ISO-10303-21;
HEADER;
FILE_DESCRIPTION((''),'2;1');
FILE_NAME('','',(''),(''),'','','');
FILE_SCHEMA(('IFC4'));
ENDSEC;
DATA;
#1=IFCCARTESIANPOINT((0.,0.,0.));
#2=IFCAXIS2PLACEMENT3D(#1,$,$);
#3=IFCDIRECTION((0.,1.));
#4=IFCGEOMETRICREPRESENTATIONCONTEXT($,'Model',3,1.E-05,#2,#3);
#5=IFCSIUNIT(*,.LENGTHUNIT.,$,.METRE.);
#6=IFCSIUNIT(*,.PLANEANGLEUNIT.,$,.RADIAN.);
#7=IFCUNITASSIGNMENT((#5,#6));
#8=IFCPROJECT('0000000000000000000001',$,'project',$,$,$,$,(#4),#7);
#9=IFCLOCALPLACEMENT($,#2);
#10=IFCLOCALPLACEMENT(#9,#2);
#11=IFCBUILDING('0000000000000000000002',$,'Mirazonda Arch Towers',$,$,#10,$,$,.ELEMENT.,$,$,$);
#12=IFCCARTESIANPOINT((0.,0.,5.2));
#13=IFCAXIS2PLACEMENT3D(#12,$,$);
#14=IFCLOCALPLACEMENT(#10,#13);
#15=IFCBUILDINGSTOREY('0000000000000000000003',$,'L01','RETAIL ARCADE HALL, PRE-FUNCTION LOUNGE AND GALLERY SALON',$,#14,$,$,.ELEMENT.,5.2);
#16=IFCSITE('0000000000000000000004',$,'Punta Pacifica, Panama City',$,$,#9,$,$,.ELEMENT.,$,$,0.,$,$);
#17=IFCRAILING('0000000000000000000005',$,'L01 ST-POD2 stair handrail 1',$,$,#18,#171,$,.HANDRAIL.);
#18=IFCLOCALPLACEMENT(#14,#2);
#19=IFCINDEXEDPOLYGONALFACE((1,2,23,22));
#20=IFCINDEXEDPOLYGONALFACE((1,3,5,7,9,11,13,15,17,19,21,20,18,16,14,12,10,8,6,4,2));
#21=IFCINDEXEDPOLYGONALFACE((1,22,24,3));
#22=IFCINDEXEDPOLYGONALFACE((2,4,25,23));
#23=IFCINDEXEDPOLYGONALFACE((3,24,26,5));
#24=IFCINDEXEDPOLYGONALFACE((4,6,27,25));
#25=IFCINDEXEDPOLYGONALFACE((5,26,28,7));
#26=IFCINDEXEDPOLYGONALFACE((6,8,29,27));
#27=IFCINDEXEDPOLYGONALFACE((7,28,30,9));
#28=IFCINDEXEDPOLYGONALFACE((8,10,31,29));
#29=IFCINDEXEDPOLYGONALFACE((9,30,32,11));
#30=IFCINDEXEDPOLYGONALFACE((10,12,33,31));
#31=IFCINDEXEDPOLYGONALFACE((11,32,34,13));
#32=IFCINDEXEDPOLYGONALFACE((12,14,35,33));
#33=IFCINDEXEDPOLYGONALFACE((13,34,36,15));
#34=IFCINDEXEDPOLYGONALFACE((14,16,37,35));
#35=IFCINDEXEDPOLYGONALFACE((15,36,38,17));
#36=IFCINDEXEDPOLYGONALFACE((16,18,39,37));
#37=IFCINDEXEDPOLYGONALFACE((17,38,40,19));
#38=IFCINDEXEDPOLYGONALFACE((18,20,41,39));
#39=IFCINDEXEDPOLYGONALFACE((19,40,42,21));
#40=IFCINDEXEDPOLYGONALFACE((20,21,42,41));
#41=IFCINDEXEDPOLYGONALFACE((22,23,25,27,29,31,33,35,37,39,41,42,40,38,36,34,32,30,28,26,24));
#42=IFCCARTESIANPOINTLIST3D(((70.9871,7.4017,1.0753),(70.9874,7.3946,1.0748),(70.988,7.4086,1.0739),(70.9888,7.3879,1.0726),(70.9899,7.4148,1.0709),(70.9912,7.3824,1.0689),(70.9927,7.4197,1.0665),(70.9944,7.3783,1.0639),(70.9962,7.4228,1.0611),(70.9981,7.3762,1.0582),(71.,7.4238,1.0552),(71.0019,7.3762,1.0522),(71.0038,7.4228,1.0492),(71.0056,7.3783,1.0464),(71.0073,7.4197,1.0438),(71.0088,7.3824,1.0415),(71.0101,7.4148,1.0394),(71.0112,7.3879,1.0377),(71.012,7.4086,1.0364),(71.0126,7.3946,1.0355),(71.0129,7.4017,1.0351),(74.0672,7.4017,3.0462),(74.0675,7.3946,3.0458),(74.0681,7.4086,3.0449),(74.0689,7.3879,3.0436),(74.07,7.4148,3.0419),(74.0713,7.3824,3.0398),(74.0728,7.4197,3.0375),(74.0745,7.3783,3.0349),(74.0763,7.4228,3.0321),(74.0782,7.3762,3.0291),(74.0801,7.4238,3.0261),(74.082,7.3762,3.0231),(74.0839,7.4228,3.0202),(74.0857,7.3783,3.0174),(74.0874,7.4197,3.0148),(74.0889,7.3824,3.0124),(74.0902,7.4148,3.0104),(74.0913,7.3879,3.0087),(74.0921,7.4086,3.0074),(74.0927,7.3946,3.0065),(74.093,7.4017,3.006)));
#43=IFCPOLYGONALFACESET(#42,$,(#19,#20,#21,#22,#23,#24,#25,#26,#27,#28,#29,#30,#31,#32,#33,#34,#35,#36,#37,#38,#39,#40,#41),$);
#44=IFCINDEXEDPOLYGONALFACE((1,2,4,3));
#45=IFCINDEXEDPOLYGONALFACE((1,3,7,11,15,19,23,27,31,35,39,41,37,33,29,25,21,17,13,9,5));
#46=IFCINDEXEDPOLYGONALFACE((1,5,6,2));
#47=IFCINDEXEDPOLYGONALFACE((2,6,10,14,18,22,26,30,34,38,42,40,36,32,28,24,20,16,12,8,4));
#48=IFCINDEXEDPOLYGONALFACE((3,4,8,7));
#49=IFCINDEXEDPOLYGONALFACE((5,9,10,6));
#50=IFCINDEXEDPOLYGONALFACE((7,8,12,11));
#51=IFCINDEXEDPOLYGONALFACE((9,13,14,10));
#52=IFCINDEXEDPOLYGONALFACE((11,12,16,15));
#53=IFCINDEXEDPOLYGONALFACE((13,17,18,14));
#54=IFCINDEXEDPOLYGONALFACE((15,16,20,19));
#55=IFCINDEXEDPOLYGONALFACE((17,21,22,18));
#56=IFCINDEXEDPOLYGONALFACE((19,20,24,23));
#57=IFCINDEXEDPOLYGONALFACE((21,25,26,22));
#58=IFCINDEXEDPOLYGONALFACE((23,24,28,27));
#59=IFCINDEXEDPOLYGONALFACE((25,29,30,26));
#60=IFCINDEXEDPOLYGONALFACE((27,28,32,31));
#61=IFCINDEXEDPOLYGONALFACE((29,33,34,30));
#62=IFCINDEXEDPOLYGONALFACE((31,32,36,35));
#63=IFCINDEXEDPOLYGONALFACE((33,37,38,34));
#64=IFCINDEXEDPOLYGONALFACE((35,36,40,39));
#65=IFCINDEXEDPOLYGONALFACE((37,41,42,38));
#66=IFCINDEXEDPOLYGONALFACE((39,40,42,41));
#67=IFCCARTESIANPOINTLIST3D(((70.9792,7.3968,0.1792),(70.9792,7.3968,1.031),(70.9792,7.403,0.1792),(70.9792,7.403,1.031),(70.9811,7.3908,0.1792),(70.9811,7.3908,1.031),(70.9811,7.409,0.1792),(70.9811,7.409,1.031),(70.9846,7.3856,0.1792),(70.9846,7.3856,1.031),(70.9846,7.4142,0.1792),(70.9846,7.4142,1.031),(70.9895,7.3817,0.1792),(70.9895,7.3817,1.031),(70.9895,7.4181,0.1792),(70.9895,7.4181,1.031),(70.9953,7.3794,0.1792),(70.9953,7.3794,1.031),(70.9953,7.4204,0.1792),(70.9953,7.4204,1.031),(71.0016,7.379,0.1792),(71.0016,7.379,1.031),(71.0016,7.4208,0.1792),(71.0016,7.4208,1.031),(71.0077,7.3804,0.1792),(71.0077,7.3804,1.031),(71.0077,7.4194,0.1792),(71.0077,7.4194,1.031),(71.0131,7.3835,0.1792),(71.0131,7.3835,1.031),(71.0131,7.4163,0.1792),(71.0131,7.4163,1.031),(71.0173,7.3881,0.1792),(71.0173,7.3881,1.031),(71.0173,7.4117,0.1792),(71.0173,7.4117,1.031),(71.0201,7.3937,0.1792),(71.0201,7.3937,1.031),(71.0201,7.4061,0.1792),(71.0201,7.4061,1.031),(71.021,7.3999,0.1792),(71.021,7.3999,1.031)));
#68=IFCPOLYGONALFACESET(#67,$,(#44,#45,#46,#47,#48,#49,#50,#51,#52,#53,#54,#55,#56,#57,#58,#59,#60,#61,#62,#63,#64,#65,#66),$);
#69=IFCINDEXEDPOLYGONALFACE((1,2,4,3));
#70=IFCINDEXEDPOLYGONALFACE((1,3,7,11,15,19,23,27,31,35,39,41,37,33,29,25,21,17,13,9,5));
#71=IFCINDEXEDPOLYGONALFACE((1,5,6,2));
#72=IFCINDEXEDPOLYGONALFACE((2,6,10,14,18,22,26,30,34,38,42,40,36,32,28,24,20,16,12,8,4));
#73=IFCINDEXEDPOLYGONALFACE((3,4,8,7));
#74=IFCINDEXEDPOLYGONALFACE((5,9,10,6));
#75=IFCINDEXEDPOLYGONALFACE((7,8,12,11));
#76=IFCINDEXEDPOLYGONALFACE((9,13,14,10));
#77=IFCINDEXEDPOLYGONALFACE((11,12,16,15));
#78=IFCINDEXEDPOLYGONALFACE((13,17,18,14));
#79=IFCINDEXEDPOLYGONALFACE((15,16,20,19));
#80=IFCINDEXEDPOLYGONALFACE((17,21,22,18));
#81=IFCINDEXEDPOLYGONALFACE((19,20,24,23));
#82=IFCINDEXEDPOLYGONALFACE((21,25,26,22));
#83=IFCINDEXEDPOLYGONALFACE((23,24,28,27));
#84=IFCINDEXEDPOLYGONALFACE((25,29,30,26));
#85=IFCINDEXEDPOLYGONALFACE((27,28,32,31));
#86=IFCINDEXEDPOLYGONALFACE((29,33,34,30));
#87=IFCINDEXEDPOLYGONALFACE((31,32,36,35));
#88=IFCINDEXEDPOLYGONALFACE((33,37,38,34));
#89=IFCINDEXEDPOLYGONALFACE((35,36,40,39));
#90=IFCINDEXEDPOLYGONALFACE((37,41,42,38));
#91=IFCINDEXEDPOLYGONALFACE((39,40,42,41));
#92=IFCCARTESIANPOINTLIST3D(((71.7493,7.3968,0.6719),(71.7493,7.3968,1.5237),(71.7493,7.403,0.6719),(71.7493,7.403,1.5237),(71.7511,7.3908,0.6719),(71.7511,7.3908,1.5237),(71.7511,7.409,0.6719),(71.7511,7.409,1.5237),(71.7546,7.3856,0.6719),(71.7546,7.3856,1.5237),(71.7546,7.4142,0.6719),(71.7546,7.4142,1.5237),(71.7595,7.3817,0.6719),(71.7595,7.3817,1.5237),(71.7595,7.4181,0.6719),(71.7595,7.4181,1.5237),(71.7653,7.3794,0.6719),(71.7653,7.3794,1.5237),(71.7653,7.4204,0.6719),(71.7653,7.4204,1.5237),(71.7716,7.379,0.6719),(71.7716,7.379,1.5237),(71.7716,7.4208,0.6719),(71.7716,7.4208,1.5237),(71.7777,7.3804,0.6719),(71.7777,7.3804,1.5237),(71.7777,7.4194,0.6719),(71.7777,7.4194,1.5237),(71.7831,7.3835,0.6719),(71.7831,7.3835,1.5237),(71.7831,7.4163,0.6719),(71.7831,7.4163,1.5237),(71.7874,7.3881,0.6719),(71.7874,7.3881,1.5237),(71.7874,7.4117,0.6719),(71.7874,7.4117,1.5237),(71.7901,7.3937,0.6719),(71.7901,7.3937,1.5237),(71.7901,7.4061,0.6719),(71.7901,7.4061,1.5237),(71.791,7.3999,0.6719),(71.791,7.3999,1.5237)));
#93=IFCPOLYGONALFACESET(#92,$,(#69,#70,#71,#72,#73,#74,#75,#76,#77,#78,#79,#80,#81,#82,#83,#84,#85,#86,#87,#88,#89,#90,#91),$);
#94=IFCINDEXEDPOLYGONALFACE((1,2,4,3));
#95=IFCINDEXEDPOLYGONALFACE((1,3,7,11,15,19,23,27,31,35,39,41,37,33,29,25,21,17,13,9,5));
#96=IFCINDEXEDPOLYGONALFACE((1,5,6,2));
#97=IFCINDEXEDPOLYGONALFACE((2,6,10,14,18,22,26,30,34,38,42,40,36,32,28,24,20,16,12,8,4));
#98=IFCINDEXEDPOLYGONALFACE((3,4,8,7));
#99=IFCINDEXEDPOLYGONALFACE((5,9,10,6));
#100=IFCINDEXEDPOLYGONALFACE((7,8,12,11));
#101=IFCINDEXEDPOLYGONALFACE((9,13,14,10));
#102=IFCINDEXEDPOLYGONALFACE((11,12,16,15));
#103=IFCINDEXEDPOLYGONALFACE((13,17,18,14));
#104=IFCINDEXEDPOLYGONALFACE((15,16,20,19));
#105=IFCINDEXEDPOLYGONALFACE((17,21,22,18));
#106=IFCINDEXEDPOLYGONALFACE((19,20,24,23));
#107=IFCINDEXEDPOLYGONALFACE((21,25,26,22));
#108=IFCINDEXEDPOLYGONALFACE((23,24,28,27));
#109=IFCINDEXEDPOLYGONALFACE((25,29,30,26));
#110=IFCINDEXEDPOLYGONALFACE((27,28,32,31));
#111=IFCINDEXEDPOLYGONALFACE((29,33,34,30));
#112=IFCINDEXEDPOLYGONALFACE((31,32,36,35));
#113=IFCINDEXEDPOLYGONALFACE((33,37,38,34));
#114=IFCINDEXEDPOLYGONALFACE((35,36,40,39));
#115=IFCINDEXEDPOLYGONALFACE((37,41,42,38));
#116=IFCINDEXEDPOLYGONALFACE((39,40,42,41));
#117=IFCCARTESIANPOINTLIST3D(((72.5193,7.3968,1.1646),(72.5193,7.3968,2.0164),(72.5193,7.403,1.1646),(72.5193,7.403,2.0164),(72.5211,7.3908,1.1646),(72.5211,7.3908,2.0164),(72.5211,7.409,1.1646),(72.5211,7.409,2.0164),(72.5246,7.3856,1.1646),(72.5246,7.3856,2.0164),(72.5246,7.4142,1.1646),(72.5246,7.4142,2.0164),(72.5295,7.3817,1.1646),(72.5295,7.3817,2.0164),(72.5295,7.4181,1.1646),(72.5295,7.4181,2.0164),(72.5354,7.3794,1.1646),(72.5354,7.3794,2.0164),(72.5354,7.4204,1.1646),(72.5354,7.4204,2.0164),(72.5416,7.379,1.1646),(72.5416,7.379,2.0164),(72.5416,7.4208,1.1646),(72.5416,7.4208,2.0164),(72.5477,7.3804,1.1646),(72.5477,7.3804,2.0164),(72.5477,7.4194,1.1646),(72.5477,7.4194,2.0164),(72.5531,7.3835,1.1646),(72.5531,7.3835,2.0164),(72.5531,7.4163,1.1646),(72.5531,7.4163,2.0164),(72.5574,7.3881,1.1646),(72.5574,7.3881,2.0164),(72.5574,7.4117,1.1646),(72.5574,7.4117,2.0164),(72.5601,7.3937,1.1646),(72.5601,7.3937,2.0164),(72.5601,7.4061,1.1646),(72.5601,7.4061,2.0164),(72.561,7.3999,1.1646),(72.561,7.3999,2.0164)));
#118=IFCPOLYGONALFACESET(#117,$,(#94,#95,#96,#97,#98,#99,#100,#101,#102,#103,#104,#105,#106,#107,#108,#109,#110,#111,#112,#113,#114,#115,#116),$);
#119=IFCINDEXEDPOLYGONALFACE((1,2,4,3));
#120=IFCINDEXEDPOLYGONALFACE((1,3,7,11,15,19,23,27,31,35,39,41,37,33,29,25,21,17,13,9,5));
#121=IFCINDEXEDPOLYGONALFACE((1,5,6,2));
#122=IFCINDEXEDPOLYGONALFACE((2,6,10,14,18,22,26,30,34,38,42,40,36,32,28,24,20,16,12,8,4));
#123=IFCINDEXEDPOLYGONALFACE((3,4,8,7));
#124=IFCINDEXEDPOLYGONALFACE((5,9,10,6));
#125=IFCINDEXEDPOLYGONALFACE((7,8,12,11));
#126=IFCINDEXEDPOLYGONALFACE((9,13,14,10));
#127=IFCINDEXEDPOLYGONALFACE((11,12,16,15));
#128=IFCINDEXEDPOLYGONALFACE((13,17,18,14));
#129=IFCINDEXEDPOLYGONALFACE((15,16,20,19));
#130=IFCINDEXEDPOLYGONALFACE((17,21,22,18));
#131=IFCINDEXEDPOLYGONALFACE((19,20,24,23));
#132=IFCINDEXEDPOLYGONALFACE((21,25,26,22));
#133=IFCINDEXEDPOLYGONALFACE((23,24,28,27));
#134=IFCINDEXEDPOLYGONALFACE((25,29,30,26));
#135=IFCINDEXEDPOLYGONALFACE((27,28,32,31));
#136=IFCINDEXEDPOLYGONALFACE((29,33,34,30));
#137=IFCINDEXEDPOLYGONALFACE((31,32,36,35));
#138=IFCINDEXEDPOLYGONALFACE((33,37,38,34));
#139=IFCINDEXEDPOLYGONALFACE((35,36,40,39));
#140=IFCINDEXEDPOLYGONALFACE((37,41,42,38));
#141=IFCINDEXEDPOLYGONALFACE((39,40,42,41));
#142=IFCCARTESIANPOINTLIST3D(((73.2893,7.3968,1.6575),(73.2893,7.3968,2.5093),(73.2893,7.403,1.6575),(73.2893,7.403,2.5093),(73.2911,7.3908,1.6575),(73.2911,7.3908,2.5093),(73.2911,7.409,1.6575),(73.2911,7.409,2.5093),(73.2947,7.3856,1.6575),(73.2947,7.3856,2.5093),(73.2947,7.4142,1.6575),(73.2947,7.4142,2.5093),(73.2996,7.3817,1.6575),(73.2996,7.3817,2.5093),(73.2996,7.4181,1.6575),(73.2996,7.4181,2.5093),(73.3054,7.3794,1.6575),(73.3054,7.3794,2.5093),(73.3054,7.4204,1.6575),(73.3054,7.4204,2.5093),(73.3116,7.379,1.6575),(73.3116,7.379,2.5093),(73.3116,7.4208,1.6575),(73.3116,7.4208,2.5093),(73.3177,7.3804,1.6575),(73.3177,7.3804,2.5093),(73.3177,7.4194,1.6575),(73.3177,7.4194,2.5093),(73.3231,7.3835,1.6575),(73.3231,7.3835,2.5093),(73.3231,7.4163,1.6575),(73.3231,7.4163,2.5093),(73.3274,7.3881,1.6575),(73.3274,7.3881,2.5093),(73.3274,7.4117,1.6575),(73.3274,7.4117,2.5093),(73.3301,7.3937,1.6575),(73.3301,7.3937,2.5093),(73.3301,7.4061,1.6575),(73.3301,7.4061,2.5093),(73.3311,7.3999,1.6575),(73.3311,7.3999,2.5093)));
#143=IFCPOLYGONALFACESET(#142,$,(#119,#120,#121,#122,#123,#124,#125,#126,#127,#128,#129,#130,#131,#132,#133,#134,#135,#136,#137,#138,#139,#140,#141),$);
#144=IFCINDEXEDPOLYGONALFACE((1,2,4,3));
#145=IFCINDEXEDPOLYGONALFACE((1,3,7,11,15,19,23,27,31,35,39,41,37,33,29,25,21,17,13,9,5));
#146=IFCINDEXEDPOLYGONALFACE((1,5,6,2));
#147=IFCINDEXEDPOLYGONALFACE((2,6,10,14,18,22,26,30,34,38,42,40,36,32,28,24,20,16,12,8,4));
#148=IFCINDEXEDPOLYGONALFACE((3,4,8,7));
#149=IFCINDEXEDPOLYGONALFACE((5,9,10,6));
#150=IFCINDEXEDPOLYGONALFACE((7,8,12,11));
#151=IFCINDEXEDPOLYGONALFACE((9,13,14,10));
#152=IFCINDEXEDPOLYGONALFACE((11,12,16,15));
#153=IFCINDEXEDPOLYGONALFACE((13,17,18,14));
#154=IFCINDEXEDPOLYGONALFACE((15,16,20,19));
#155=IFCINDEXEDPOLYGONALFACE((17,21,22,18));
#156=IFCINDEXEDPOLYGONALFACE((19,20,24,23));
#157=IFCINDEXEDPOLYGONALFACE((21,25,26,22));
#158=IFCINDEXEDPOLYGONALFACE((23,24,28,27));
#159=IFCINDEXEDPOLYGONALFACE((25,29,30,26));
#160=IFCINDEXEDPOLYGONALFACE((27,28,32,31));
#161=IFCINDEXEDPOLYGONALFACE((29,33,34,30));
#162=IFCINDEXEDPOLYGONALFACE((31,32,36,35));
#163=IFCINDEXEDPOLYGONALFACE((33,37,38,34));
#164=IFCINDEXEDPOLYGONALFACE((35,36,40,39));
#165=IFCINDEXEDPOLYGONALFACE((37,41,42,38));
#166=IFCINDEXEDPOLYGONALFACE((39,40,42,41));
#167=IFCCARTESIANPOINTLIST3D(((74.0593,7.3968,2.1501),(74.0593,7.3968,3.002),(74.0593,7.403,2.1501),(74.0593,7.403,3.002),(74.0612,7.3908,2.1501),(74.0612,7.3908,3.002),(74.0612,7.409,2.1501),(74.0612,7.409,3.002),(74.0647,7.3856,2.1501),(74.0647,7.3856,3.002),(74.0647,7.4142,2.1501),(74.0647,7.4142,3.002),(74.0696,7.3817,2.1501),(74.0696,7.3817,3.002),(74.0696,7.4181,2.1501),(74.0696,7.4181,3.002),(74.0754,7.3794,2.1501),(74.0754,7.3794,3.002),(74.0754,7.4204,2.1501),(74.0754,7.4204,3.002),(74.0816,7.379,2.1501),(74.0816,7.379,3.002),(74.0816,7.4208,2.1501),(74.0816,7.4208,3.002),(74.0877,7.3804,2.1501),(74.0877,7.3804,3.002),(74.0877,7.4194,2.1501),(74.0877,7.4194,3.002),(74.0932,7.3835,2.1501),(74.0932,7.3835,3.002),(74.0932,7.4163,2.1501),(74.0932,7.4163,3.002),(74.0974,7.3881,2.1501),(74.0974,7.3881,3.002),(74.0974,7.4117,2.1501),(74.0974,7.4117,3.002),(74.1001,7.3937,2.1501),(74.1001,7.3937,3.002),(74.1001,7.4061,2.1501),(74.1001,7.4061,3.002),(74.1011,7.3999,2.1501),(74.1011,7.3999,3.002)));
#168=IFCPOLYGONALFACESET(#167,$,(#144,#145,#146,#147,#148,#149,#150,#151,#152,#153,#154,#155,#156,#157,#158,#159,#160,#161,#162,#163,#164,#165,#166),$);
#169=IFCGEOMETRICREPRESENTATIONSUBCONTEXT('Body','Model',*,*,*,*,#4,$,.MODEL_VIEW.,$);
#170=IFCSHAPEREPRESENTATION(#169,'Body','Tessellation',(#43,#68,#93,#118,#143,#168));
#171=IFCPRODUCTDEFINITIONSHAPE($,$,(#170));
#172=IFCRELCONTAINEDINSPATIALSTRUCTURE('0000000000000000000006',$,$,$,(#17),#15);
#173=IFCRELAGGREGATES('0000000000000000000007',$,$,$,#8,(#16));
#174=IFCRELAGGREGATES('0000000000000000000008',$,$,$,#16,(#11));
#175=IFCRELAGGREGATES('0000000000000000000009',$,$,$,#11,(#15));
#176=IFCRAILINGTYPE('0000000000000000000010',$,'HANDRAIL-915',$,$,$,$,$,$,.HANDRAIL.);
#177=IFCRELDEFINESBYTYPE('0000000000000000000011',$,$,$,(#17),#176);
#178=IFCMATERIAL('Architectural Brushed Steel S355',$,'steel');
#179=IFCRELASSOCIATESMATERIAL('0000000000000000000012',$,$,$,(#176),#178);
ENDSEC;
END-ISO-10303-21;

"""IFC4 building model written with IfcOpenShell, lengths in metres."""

from ifc_helpers import new_model, si_unit, direction, frame, origin, origin_2d, place, context, subcontext, project, spatial, circle, extrude, material, type_object, element, save


model = new_model("IFC4")

# Units and contexts
model_context = context("Model", 3, precision=1e-05, world=origin(), true_north=direction((0.0, 1.0)))
body_context = subcontext(model_context, "Body", "Model", "MODEL_VIEW")
ifc_project = project(units=[si_unit("LENGTHUNIT", "METRE"), si_unit("PLANEANGLEUNIT", "RADIAN")], contexts=[model_context])

# Site, building, storey
site_placement = place(None, origin())
site = spatial("IfcSite", under=ifc_project, at=site_placement, Name="Punta Pacifica, Panama City", CompositionType="ELEMENT", RefElevation=0.0)
building_placement = place(site_placement, origin())
building = spatial("IfcBuilding", under=site, at=building_placement, Name="Mirazonda Arch Towers", CompositionType="ELEMENT")
storey_placement = place(building_placement, frame((0.0, 0.0, 5.2)))
storey = spatial("IfcBuildingStorey", under=building, at=storey_placement, Name="L01", Description="RETAIL ARCADE HALL, PRE-FUNCTION LOUNGE AND GALLERY SALON", CompositionType="ELEMENT", Elevation=5.2)

# Railing
ifc_material_1 = material(Name="Architectural Brushed Steel S355", Category="steel")
railing_type_1 = type_object("IfcRailingType", Name="HANDRAIL-915", PredefinedType="HANDRAIL", material=ifc_material_1)
railing_1_placement = place(storey_placement, frame((71.0, 7.3999, 0.1792)))
element("IfcRailing", 1, at=railing_1_placement, inside=storey, type_object=railing_type_1, Name="L01 ST-POD2 stair handrail 1", PredefinedType="HANDRAIL", context=body_context, shape_type="SweptSolid", body=[
    extrude(circle(Radius=0.0239, at=origin_2d()), frame((0.0, 0.0, 0.876), z_axis=(0.842309, 0.0, 0.538995), x_axis=(0.0, 1.0, 0.0)), (0.0, 0.0, 1.0), 3.6567),
    extrude(circle(Radius=0.021, at=origin_2d()), origin(), (0.0, 0.0, 1.0), 0.8518),
    extrude(circle(Radius=0.021, at=origin_2d()), frame((0.77, 0.0, 0.4927)), (0.0, 0.0, 1.0), 0.8518),
    extrude(circle(Radius=0.021, at=origin_2d()), frame((1.54, 0.0, 0.9854)), (0.0, 0.0, 1.0), 0.8518),
    extrude(circle(Radius=0.021, at=origin_2d()), frame((2.3101, 0.0, 1.4783)), (0.0, 0.0, 1.0), 0.8518),
    extrude(circle(Radius=0.021, at=origin_2d()), frame((3.0801, 0.0, 1.9709)), (0.0, 0.0, 1.0), 0.8518),
])

save(model, "model.ifc")
